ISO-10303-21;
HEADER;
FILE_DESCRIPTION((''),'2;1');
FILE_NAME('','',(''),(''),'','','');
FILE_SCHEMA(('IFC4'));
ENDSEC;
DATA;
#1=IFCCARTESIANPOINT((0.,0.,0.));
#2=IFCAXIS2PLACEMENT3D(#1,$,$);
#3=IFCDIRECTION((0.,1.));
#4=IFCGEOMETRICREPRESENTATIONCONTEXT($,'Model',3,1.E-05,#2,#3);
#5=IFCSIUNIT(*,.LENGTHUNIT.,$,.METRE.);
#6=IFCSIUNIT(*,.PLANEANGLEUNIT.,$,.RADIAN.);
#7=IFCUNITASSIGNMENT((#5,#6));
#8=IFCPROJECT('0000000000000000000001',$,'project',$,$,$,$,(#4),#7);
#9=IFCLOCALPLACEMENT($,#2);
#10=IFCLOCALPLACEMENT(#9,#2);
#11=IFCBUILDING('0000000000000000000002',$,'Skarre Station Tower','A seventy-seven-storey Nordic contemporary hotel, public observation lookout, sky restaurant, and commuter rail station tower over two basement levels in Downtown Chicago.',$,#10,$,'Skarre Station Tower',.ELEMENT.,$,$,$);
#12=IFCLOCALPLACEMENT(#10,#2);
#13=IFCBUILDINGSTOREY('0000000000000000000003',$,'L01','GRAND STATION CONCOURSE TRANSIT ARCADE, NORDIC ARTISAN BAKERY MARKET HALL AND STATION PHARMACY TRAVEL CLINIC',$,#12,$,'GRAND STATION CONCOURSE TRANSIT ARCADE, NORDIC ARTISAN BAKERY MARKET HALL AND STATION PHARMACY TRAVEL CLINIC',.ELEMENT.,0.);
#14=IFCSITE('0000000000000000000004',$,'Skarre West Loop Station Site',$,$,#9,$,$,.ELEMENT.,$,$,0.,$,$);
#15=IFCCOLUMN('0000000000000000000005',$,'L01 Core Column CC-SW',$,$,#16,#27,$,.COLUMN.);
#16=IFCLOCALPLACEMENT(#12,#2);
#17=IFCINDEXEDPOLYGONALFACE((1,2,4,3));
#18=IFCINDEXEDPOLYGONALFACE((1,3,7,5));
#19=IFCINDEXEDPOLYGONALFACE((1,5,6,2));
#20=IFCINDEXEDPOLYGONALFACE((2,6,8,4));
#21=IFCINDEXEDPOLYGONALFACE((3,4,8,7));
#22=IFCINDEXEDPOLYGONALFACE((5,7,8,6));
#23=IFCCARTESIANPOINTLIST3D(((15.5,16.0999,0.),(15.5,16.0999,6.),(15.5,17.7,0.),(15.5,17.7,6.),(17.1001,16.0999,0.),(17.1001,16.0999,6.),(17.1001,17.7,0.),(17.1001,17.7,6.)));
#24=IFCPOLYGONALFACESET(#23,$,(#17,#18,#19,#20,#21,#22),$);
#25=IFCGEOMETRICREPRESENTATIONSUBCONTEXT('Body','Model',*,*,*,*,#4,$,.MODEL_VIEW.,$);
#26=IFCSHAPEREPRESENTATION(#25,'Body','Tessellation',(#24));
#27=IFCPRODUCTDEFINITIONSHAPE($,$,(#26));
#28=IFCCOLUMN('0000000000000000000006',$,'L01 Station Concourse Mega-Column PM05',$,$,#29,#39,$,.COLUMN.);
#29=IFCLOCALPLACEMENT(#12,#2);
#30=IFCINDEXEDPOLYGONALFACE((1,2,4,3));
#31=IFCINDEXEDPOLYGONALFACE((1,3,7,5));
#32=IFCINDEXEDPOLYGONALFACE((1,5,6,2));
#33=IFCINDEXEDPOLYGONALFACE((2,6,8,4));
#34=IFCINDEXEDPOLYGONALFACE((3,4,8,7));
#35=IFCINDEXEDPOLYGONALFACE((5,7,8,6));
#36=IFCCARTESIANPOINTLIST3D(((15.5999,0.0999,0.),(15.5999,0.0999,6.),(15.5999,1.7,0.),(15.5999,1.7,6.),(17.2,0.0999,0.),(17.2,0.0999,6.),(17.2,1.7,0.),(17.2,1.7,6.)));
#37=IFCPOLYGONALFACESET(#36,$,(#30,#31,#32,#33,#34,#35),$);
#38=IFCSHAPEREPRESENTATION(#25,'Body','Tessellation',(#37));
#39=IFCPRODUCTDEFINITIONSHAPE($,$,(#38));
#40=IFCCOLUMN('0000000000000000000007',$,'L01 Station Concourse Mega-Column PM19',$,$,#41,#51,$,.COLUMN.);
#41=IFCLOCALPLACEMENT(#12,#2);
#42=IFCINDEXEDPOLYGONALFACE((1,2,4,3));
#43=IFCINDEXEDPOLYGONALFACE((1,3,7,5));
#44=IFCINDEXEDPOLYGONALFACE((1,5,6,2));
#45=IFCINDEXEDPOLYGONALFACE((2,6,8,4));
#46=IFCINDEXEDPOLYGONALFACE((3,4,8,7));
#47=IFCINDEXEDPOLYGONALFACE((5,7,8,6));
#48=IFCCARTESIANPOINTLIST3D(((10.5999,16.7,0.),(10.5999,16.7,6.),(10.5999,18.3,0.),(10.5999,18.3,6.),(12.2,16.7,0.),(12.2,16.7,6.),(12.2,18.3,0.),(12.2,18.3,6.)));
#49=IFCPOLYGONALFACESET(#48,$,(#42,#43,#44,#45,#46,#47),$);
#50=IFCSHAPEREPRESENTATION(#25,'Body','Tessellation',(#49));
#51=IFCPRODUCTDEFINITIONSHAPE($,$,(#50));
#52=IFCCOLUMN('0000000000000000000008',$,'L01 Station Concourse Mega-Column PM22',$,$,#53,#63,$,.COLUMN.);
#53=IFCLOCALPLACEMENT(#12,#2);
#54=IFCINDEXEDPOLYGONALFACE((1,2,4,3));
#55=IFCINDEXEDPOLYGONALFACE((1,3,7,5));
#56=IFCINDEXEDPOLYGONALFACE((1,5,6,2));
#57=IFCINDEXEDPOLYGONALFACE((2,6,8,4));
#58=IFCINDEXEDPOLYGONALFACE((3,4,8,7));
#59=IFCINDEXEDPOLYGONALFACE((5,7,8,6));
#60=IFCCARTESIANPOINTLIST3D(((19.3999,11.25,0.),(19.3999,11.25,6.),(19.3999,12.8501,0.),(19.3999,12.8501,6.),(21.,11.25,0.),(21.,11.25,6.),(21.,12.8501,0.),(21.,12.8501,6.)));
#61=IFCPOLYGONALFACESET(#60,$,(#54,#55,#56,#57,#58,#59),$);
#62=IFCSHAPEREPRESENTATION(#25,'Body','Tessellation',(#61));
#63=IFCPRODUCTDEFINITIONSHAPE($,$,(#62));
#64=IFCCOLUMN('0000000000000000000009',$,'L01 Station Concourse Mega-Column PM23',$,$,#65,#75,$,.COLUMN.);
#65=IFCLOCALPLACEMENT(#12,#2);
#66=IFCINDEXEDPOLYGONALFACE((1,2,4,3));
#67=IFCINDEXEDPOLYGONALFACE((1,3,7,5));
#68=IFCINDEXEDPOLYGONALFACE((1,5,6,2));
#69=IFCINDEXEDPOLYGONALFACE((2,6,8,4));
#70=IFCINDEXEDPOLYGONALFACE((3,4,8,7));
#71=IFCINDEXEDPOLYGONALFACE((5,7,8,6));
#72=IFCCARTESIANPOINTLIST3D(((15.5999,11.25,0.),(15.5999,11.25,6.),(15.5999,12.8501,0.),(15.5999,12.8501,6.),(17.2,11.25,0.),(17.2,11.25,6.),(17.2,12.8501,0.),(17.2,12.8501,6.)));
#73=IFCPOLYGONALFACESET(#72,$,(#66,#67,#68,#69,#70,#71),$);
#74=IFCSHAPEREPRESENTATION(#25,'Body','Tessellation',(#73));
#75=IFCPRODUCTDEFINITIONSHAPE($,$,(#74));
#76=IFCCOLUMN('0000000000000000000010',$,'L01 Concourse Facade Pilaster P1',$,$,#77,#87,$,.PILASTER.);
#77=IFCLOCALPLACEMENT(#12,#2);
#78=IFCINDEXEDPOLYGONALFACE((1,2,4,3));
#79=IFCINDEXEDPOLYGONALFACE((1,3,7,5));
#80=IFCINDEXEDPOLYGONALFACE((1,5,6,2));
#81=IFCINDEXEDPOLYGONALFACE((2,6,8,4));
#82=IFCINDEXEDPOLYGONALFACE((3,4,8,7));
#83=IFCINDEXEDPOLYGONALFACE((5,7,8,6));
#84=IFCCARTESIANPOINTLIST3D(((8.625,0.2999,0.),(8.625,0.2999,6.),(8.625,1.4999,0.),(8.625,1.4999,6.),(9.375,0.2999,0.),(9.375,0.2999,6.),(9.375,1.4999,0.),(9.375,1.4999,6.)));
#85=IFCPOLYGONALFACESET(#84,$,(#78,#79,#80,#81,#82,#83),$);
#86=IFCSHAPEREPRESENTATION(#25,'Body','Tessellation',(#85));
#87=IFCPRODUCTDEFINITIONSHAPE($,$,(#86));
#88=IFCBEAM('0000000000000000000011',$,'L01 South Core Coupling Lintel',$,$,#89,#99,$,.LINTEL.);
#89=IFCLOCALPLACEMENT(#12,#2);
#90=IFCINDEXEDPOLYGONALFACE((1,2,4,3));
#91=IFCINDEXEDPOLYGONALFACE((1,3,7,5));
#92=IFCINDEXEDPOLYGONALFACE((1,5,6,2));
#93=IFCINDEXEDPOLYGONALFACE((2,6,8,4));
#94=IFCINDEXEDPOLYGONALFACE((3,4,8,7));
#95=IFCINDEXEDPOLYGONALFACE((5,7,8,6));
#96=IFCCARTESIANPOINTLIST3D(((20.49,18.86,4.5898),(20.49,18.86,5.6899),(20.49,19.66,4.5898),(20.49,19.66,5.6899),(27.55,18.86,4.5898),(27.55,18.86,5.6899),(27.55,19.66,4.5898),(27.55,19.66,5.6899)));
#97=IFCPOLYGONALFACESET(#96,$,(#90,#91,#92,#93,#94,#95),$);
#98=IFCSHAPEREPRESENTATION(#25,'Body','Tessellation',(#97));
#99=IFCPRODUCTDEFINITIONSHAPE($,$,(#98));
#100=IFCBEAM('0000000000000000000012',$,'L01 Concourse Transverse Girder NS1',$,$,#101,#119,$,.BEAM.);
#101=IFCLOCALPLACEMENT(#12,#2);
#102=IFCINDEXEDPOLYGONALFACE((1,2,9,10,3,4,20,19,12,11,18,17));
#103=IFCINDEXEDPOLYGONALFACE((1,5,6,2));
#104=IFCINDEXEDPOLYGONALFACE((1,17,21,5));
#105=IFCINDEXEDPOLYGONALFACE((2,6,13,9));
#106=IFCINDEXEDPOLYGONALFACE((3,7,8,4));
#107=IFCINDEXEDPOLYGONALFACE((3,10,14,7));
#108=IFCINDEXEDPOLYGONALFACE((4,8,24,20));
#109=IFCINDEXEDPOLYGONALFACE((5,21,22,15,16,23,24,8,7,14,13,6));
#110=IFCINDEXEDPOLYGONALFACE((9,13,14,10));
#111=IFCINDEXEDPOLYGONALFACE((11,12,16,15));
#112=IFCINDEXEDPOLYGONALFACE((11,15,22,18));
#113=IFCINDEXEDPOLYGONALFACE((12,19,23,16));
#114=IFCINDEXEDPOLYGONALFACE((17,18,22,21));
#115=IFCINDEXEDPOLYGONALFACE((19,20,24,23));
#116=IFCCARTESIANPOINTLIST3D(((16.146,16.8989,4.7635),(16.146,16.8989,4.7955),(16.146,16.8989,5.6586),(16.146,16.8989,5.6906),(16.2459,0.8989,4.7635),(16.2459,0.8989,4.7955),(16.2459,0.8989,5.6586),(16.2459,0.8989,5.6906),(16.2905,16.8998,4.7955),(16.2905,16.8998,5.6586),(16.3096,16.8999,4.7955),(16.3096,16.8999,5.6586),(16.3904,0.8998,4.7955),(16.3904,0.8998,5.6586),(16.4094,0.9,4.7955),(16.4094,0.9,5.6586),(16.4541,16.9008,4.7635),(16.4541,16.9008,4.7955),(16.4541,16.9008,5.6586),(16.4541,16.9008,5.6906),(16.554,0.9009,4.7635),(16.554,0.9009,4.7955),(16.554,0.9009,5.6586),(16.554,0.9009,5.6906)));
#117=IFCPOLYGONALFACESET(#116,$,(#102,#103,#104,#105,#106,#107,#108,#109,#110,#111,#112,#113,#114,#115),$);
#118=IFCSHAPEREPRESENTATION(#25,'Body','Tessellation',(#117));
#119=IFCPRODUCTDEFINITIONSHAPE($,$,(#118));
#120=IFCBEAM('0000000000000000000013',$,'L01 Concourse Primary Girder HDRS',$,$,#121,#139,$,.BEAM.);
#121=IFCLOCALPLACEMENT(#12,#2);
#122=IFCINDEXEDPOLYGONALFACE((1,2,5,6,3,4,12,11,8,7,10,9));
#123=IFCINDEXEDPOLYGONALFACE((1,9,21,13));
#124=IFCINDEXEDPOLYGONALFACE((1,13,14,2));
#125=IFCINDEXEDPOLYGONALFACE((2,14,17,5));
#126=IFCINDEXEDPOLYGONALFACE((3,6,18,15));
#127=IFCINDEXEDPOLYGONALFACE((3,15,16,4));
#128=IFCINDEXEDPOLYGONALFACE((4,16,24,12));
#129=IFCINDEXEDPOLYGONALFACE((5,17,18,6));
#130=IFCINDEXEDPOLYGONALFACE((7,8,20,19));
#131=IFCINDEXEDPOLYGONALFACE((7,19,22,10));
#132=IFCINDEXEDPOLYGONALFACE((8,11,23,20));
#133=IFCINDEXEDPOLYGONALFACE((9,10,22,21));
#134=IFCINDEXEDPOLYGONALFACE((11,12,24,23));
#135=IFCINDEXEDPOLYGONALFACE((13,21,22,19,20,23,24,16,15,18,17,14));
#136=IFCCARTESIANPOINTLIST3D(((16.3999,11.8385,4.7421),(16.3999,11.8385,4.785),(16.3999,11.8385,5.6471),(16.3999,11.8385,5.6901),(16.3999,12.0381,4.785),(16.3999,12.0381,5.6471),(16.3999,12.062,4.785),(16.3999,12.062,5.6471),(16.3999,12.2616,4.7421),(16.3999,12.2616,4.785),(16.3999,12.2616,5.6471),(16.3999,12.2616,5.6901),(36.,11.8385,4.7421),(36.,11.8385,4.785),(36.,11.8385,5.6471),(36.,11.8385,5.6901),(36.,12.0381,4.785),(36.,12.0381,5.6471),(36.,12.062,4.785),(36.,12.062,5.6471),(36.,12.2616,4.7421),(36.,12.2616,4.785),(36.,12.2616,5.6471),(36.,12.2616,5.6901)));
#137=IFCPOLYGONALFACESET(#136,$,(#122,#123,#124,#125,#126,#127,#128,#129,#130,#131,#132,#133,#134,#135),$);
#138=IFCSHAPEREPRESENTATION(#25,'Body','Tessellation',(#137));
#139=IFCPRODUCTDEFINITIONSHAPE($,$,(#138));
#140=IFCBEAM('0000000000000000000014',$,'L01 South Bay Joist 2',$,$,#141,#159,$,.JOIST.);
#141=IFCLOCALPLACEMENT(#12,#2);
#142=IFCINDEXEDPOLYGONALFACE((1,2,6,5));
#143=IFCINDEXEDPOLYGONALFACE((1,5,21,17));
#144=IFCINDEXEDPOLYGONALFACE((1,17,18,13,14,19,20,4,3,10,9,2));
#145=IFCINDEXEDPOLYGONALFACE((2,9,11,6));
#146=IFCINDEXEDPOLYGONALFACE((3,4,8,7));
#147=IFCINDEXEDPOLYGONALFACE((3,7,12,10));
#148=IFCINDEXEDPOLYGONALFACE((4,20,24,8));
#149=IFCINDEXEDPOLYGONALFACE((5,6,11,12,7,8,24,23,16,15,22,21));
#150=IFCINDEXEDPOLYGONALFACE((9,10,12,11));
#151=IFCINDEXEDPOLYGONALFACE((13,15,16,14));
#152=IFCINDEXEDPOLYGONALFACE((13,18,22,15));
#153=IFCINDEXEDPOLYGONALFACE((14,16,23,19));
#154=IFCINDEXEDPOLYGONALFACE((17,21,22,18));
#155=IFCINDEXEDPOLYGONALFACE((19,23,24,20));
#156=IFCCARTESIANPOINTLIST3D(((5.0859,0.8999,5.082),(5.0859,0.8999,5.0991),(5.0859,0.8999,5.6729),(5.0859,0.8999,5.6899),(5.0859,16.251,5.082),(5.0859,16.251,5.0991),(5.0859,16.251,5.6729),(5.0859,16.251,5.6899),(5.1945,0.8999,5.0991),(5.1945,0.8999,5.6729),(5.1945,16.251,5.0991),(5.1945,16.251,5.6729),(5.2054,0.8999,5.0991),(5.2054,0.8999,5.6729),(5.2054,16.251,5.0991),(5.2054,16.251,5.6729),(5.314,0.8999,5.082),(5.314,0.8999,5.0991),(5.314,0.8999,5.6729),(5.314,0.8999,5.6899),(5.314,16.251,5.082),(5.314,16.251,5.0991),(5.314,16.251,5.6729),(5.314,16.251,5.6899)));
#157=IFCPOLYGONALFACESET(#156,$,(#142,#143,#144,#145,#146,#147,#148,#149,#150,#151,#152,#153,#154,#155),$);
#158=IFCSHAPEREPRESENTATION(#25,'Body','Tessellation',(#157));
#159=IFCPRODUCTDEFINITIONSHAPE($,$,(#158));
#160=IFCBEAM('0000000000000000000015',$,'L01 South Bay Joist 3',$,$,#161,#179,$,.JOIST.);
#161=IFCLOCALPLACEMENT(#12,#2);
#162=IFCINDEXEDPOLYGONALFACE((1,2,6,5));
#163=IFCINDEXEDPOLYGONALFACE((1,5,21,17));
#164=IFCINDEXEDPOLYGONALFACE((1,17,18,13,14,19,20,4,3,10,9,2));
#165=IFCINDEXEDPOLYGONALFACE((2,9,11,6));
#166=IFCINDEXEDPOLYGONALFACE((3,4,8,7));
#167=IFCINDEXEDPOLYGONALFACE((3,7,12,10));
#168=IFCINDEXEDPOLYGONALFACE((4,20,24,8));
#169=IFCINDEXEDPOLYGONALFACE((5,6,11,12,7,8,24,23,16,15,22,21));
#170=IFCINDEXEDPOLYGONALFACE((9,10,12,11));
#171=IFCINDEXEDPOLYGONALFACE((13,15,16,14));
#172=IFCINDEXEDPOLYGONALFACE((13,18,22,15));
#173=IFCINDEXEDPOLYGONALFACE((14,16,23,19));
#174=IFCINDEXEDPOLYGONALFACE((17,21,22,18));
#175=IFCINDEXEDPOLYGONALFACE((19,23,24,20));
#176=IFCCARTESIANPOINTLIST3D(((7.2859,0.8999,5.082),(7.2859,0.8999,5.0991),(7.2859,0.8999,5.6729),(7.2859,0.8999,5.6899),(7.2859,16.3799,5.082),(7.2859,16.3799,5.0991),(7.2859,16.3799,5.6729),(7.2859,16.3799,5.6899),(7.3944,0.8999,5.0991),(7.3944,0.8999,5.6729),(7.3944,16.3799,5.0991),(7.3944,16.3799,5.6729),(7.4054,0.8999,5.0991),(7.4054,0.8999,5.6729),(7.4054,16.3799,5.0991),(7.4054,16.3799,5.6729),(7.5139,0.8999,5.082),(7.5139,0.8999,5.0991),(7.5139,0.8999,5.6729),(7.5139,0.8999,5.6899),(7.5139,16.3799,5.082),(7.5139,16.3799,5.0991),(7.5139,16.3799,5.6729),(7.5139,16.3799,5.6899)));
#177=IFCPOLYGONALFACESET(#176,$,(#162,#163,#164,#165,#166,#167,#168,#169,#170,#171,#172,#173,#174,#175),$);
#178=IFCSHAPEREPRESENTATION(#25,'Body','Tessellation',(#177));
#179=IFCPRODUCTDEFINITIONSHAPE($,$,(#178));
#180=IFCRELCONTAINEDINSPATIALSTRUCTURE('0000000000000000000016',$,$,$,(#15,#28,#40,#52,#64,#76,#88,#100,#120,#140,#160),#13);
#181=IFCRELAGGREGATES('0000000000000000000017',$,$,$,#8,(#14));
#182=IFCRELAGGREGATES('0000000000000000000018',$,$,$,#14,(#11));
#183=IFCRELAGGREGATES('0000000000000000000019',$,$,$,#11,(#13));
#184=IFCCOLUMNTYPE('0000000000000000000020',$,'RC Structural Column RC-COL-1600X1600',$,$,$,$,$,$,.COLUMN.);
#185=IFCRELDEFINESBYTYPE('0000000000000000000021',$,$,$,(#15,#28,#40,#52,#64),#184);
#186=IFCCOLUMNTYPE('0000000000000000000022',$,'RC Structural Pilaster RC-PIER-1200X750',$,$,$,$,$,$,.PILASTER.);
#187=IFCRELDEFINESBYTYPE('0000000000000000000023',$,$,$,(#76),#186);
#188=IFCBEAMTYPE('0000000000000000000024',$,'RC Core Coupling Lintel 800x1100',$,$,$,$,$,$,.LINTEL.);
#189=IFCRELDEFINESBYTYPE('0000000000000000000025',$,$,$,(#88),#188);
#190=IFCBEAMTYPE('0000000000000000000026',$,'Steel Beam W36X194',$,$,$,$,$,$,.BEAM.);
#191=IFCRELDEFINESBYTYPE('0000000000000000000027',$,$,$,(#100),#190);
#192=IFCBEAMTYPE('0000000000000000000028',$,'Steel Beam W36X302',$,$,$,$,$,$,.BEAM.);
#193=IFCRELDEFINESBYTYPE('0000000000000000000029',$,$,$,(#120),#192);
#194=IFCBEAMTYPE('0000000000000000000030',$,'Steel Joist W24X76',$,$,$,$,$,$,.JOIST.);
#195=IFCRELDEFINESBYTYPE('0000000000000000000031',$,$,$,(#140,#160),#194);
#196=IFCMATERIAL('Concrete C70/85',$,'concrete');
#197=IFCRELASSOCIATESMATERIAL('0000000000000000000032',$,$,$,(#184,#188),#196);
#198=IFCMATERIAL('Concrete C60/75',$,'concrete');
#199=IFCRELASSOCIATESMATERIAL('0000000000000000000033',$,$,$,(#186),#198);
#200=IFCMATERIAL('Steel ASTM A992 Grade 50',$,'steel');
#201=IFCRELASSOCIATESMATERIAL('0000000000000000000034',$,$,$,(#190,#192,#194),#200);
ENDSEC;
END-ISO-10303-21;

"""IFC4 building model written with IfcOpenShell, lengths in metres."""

from ifc_helpers import new_model, si_unit, direction, frame, origin, origin_2d, place, context, subcontext, project, spatial, rectangle, i_section, extrude, material, material_profile, profile_set, type_object, element, save


model = new_model("IFC4")

# Units and contexts
model_context = context("Model", 3, precision=1e-05, world=origin(), true_north=direction((0.0, 1.0)))
body_context = subcontext(model_context, "Body", "Model", "MODEL_VIEW")
ifc_project = project(units=[si_unit("LENGTHUNIT", "METRE"), si_unit("PLANEANGLEUNIT", "RADIAN")], contexts=[model_context])

# Site, building, storey
site_placement = place(None, origin())
site = spatial("IfcSite", under=ifc_project, at=site_placement, Name="Skarre West Loop Station Site", CompositionType="ELEMENT", RefElevation=0.0)
building_placement = place(site_placement, origin())
building = spatial("IfcBuilding", under=site, at=building_placement, Name="Skarre Station Tower", Description="A seventy-seven-storey Nordic contemporary hotel, public observation lookout, sky restaurant, and commuter rail station tower over two basement levels in Downtown Chicago.", LongName="Skarre Station Tower", CompositionType="ELEMENT")
storey_placement = place(building_placement, origin())
storey = spatial("IfcBuildingStorey", under=building, at=storey_placement, Name="L01", Description="GRAND STATION CONCOURSE TRANSIT ARCADE, NORDIC ARTISAN BAKERY MARKET HALL AND STATION PHARMACY TRAVEL CLINIC", LongName="GRAND STATION CONCOURSE TRANSIT ARCADE, NORDIC ARTISAN BAKERY MARKET HALL AND STATION PHARMACY TRAVEL CLINIC", CompositionType="ELEMENT", Elevation=0.0)

# Columns
ifc_material_1 = material(Name="Concrete C70/85", Category="concrete")
ifc_material_profile_1 = material_profile(ifc_material_1, rectangle(XDim=1.6001, YDim=1.6001, at=origin_2d()), Name="Concrete C70/85")
ifc_profile_set_1 = profile_set([ifc_material_profile_1], Name="Concrete C70/85")
column_type_1 = type_object("IfcColumnType", Name="RC Structural Column RC-COL-1600X1600", PredefinedType="COLUMN", material=ifc_profile_set_1)
for number, where, z_axis, x_axis, name in (
    (1, (16.3, 16.8999, 0.0), (0.0, 0.0, 1.0), (1.0, 0.0, 0.0), "L01 Core Column CC-SW"),
    (2, (16.3999, 0.8999, 0.0), (0.0, 0.0, 1.0), (1.0, 0.0, 0.0), "L01 Station Concourse Mega-Column PM05"),
    (3, (11.3999, 17.5, 0.0), (0.0, 0.0, 1.0), (1.0, 0.0, 0.0), "L01 Station Concourse Mega-Column PM19"),
    (4, (20.2, 12.05, 0.0), (0.0, 0.0, 1.0), (1.0, 0.0, 0.0), "L01 Station Concourse Mega-Column PM22"),
    (5, (16.3999, 12.05, 0.0), (0.0, 0.0, 1.0), (1.0, 0.0, 0.0), "L01 Station Concourse Mega-Column PM23"),
):
    element("IfcColumn", number, at=place(storey_placement, frame(where, z_axis=z_axis, x_axis=x_axis)), inside=storey, type_object=column_type_1, Name=name, PredefinedType="COLUMN", context=body_context, shape_type="SweptSolid", body=[
        extrude(rectangle(XDim=1.6001, YDim=1.6001, at=origin_2d()), origin(), (0.0, 0.0, 1.0), 6.0),
    ])
ifc_material_2 = material(Name="Concrete C60/75", Category="concrete")
ifc_material_profile_2 = material_profile(ifc_material_2, rectangle(XDim=0.75, YDim=1.2, at=origin_2d()), Name="Concrete C60/75")
ifc_profile_set_2 = profile_set([ifc_material_profile_2], Name="Concrete C60/75")
column_type_2 = type_object("IfcColumnType", Name="RC Structural Pilaster RC-PIER-1200X750", PredefinedType="PILASTER", material=ifc_profile_set_2)
column_placement = place(storey_placement, frame((9.0, 0.8999, 0.0), z_axis=(0.0, 0.0, 1.0), x_axis=(1.0, 0.0, 0.0)))
element("IfcColumn", 6, at=column_placement, inside=storey, type_object=column_type_2, Name="L01 Concourse Facade Pilaster P1", PredefinedType="PILASTER", context=body_context, shape_type="SweptSolid", body=[
    extrude(rectangle(XDim=0.75, YDim=1.2, at=origin_2d()), origin(), (0.0, 0.0, 1.0), 6.0),
])

# Beams
ifc_material_profile_3 = material_profile(ifc_material_1, rectangle(XDim=0.8, YDim=1.1001, at=origin_2d()), Name="Concrete C70/85")
ifc_profile_set_3 = profile_set([ifc_material_profile_3], Name="Concrete C70/85")
beam_type_1 = type_object("IfcBeamType", Name="RC Core Coupling Lintel 800x1100", PredefinedType="LINTEL", material=ifc_profile_set_3)
beam_1_placement = place(storey_placement, frame((20.49, 19.26, 5.1399), z_axis=(1.0, 0.0, 0.0), x_axis=(0.0, 1.0, 0.0)))
element("IfcBeam", 7, at=beam_1_placement, inside=storey, type_object=beam_type_1, Name="L01 South Core Coupling Lintel", PredefinedType="LINTEL", context=body_context, shape_type="SweptSolid", body=[
    extrude(rectangle(XDim=0.8, YDim=1.1001, at=origin_2d()), origin(), (0.0, 0.0, 1.0), 7.0601),
])
ifc_material_3 = material(Name="Steel ASTM A992 Grade 50", Category="steel")
ifc_material_profile_4 = material_profile(ifc_material_3, i_section(OverallWidth=0.3081, OverallDepth=0.927, WebThickness=0.019, FlangeThickness=0.032, at=origin_2d()), Name="Steel ASTM A992 Grade 50")
ifc_profile_set_4 = profile_set([ifc_material_profile_4], Name="Steel ASTM A992 Grade 50")
beam_type_2 = type_object("IfcBeamType", Name="Steel Beam W36X194", PredefinedType="BEAM", material=ifc_profile_set_4)
beam_2_placement = place(storey_placement, frame((16.3999, 0.8999, 5.2271), z_axis=(-0.006241, 0.999981, 0.0), x_axis=(-0.999981, -0.006241, 0.0)))
element("IfcBeam", 8, at=beam_2_placement, inside=storey, type_object=beam_type_2, Name="L01 Concourse Transverse Girder NS1", PredefinedType="BEAM", context=body_context, shape_type="SweptSolid", body=[
    extrude(i_section(OverallWidth=0.3081, OverallDepth=0.927, WebThickness=0.019, FlangeThickness=0.032, at=origin_2d()), origin(), (0.0, 0.0, 1.0), 16.0002),
])
ifc_material_profile_5 = material_profile(ifc_material_3, i_section(OverallWidth=0.4231, OverallDepth=0.948, WebThickness=0.0239, FlangeThickness=0.043, at=origin_2d()), Name="Steel ASTM A992 Grade 50")
ifc_profile_set_5 = profile_set([ifc_material_profile_5], Name="Steel ASTM A992 Grade 50")
beam_type_3 = type_object("IfcBeamType", Name="Steel Beam W36X302", PredefinedType="BEAM", material=ifc_profile_set_5)
beam_3_placement = place(storey_placement, frame((16.3999, 12.05, 5.2161), z_axis=(1.0, 0.0, 0.0), x_axis=(0.0, 1.0, 0.0)))
element("IfcBeam", 9, at=beam_3_placement, inside=storey, type_object=beam_type_3, Name="L01 Concourse Primary Girder HDRS", PredefinedType="BEAM", context=body_context, shape_type="SweptSolid", body=[
    extrude(i_section(OverallWidth=0.4231, OverallDepth=0.948, WebThickness=0.0239, FlangeThickness=0.043, at=origin_2d()), origin(), (0.0, 0.0, 1.0), 19.6001),
])
ifc_material_profile_6 = material_profile(ifc_material_3, i_section(OverallWidth=0.228, OverallDepth=0.6079, WebThickness=0.011, FlangeThickness=0.0171, at=origin_2d()), Name="Steel ASTM A992 Grade 50")
ifc_profile_set_6 = profile_set([ifc_material_profile_6], Name="Steel ASTM A992 Grade 50")
beam_type_4 = type_object("IfcBeamType", Name="Steel Joist W24X76", PredefinedType="JOIST", material=ifc_profile_set_6)
beam_4_placement = place(storey_placement, frame((5.2, 0.8999, 5.386), z_axis=(0.0, 1.0, 0.0), x_axis=(-1.0, 0.0, 0.0)))
element("IfcBeam", 10, at=beam_4_placement, inside=storey, type_object=beam_type_4, Name="L01 South Bay Joist 2", PredefinedType="JOIST", context=body_context, shape_type="SweptSolid", body=[
    extrude(i_section(OverallWidth=0.228, OverallDepth=0.6079, WebThickness=0.011, FlangeThickness=0.0171, at=origin_2d()), origin(), (0.0, 0.0, 1.0), 15.3511),
])
beam_5_placement = place(storey_placement, frame((7.3999, 0.8999, 5.386), z_axis=(0.0, 1.0, 0.0), x_axis=(-1.0, 0.0, 0.0)))
element("IfcBeam", 11, at=beam_5_placement, inside=storey, type_object=beam_type_4, Name="L01 South Bay Joist 3", PredefinedType="JOIST", context=body_context, shape_type="SweptSolid", body=[
    extrude(i_section(OverallWidth=0.228, OverallDepth=0.6079, WebThickness=0.011, FlangeThickness=0.0171, at=origin_2d()), origin(), (0.0, 0.0, 1.0), 15.48),
])

save(model, "model.ifc")
